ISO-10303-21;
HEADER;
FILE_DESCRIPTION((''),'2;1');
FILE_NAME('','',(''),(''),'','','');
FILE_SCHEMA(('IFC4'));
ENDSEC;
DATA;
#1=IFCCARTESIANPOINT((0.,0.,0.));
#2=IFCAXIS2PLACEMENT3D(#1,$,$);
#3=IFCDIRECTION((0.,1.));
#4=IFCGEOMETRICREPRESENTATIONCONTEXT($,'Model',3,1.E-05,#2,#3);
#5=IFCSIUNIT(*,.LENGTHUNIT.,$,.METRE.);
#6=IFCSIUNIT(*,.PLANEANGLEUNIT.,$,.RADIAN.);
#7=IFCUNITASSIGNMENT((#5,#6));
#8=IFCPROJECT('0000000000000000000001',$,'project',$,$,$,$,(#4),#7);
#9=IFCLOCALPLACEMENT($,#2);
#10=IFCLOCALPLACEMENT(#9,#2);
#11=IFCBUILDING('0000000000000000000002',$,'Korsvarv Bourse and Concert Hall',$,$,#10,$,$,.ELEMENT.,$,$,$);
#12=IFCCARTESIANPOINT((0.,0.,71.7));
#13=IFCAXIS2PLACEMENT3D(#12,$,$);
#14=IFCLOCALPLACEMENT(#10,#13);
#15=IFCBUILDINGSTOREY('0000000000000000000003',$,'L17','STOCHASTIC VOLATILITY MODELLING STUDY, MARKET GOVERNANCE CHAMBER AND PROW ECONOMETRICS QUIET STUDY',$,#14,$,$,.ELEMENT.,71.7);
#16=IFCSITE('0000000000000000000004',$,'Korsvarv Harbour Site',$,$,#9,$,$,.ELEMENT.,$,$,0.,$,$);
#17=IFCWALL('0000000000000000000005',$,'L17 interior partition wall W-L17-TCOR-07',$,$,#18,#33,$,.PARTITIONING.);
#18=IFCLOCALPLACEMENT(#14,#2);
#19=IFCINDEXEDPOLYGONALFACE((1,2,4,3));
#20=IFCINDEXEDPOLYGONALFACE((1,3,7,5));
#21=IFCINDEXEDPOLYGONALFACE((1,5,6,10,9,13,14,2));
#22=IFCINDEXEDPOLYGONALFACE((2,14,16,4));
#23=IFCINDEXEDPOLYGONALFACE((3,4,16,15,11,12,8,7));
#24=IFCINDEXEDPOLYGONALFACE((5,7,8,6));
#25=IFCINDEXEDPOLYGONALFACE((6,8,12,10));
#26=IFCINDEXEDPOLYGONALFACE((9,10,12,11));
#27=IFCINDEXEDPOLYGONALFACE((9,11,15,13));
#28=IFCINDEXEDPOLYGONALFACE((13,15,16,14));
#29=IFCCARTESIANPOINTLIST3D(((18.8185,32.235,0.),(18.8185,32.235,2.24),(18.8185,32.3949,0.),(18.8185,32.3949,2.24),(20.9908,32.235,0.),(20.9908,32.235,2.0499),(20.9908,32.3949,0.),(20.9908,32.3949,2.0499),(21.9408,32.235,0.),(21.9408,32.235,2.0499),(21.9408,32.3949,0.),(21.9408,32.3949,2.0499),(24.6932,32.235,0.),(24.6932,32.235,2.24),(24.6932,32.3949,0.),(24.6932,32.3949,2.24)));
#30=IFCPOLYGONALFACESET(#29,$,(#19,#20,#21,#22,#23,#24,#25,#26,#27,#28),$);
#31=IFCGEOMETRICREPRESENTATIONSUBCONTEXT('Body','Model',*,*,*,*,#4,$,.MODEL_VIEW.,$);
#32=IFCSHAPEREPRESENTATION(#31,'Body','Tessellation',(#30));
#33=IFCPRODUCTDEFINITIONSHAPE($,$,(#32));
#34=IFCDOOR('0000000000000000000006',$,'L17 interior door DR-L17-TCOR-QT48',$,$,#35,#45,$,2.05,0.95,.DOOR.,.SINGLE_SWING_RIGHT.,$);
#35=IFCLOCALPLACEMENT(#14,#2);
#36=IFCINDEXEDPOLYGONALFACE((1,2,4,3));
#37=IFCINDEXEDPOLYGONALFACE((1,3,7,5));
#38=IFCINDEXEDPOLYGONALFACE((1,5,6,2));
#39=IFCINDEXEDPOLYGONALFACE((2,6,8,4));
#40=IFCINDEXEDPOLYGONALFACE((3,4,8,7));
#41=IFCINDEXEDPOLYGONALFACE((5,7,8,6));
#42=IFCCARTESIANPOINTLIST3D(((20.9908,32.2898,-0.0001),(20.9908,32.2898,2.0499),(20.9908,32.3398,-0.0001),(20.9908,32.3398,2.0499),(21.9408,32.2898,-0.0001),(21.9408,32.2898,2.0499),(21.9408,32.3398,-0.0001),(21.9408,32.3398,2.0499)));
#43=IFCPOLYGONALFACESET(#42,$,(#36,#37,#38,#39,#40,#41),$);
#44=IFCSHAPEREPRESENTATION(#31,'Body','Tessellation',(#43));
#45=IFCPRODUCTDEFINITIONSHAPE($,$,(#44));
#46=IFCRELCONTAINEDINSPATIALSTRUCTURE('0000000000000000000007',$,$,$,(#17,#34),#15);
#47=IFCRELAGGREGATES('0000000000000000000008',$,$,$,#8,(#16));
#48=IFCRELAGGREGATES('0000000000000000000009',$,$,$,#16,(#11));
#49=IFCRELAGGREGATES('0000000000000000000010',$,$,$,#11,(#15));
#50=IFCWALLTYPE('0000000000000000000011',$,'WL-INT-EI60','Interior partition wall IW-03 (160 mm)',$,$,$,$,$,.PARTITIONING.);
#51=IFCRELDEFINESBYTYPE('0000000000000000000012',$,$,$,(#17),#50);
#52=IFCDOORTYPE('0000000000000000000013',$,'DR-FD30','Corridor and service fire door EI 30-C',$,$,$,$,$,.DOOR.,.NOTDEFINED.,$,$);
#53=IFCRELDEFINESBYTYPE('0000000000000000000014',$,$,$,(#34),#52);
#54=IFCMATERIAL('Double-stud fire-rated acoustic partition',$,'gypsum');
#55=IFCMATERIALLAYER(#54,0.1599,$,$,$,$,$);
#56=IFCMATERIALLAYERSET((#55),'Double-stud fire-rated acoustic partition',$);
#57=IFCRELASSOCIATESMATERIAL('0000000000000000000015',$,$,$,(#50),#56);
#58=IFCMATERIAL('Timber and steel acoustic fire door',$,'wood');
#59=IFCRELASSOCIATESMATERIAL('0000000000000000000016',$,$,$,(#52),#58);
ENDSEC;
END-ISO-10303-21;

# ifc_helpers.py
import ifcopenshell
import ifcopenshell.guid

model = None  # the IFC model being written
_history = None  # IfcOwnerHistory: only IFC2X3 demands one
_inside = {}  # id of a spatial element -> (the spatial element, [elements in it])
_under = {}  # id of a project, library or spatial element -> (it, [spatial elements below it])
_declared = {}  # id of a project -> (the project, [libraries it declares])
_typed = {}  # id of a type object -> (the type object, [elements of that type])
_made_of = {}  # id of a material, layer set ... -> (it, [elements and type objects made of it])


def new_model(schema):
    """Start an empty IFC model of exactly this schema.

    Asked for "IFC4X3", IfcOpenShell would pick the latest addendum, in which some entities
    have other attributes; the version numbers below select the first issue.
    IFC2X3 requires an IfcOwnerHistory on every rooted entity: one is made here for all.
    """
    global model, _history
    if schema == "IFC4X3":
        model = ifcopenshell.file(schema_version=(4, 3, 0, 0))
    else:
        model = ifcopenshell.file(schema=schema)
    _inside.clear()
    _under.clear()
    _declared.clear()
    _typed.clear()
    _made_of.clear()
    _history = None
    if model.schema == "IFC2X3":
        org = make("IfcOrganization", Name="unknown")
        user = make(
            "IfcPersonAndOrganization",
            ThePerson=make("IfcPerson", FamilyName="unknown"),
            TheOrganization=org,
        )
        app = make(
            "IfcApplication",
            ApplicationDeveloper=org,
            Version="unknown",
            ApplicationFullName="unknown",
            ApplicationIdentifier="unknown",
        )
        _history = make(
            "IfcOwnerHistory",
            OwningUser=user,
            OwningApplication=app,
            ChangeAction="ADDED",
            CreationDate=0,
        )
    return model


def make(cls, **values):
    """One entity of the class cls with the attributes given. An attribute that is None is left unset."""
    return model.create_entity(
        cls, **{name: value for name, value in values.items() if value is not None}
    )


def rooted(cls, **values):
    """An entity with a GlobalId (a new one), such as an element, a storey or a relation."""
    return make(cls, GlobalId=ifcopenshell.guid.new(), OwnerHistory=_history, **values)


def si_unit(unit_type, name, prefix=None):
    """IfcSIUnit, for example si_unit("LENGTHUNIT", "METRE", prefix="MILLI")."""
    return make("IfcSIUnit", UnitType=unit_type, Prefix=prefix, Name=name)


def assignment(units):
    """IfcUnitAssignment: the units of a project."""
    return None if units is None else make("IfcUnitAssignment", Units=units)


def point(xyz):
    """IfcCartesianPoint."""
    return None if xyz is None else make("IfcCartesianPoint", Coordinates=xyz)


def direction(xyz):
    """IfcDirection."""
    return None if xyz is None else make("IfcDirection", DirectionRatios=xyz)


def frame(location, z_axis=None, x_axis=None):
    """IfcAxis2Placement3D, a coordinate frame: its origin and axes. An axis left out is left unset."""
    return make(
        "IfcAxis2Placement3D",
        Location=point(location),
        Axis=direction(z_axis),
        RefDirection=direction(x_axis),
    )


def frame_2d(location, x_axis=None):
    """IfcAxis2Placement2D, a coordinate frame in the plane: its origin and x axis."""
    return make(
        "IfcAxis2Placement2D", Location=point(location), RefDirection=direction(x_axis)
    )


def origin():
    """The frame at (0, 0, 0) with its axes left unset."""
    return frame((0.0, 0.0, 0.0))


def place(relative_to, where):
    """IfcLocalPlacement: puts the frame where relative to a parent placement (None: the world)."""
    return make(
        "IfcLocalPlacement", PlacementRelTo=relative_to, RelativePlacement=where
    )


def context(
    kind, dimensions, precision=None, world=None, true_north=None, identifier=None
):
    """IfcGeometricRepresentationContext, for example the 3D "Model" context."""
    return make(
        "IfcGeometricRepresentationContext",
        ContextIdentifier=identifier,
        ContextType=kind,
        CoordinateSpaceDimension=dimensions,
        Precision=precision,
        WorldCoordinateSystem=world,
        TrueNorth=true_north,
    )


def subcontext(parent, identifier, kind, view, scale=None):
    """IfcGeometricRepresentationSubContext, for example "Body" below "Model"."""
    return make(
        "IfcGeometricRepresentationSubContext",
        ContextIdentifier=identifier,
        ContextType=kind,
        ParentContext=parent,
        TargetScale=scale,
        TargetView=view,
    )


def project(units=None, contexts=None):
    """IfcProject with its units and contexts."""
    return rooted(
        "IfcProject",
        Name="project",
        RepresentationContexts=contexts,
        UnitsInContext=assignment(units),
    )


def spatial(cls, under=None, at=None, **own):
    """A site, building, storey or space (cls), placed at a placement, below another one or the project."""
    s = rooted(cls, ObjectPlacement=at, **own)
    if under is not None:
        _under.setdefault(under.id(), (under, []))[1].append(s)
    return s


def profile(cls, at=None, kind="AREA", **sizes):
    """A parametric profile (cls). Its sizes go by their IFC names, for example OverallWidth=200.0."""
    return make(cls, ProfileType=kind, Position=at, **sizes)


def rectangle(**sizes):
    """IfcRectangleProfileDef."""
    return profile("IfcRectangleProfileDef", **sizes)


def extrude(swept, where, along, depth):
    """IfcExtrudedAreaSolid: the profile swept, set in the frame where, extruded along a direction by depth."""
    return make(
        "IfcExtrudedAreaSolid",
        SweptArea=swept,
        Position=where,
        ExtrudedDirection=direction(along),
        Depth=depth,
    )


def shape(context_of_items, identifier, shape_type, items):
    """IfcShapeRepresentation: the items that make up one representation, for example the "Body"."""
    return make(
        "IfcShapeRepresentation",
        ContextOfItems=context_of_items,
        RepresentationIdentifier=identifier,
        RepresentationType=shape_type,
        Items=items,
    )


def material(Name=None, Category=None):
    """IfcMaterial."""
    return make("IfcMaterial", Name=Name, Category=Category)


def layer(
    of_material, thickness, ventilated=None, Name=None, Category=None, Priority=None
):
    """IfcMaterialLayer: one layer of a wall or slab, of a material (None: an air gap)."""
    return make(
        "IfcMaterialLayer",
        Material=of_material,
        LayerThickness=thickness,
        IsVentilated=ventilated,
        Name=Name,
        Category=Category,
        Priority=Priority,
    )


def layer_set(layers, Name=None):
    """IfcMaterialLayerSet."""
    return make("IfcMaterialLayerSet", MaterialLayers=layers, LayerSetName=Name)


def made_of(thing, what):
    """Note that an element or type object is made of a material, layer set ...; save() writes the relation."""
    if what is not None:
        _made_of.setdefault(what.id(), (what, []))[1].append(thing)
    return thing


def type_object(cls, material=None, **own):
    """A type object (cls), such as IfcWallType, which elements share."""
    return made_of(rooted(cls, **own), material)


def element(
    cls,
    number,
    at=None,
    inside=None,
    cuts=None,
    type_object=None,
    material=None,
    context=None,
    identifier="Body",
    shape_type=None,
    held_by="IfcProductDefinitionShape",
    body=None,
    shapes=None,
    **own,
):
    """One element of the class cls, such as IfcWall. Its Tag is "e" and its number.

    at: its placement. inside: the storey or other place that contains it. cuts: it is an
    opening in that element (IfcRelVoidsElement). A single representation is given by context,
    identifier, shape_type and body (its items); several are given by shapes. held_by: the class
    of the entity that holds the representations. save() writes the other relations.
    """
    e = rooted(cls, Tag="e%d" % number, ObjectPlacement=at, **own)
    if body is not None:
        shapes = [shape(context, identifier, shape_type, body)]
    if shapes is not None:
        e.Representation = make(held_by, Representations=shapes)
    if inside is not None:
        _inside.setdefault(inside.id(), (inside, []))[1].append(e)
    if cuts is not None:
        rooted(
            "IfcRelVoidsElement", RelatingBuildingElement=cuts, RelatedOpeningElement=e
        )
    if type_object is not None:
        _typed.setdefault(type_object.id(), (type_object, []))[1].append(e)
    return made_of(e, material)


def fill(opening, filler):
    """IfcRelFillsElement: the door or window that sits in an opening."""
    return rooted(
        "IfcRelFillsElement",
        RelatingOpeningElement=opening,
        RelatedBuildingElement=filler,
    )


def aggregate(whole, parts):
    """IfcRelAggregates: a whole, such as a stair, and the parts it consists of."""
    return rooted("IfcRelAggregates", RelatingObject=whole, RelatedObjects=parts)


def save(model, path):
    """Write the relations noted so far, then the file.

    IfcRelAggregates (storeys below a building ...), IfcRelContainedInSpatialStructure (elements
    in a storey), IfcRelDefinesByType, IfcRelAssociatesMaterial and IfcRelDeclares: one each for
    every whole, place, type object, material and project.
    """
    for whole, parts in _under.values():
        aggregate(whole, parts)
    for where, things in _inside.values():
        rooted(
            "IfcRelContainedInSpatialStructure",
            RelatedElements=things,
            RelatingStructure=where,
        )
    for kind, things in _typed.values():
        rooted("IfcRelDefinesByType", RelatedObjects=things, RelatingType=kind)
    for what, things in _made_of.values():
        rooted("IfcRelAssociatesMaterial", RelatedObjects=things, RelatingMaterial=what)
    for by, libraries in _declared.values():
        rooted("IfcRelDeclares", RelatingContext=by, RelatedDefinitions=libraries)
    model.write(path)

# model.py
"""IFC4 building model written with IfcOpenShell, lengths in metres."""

from ifc_helpers import new_model, si_unit, direction, frame, frame_2d, origin, place, context, subcontext, project, spatial, rectangle, extrude, material, layer, layer_set, type_object, element, fill, save


model = new_model("IFC4")

# Units and contexts
model_context = context("Model", 3, precision=1e-05, world=origin(), true_north=direction((0.0, 1.0)))
body_context = subcontext(model_context, "Body", "Model", "MODEL_VIEW")
ifc_project = project(units=[si_unit("LENGTHUNIT", "METRE"), si_unit("PLANEANGLEUNIT", "RADIAN")], contexts=[model_context])

# Site, building, storey
site_placement = place(None, origin())
site = spatial("IfcSite", under=ifc_project, at=site_placement, Name="Korsvarv Harbour Site", CompositionType="ELEMENT", RefElevation=0.0)
building_placement = place(site_placement, origin())
building = spatial("IfcBuilding", under=site, at=building_placement, Name="Korsvarv Bourse and Concert Hall", CompositionType="ELEMENT")
storey_placement = place(building_placement, frame((0.0, 0.0, 71.7)))
storey = spatial("IfcBuildingStorey", under=building, at=storey_placement, Name="L17", Description="STOCHASTIC VOLATILITY MODELLING STUDY, MARKET GOVERNANCE CHAMBER AND PROW ECONOMETRICS QUIET STUDY", CompositionType="ELEMENT", Elevation=71.7)

# Shared definitions
ifc_material_1 = material(Name="Double-stud fire-rated acoustic partition", Category="gypsum")
ifc_layer_1 = layer(ifc_material_1, 0.1599)
ifc_layer_set_1 = layer_set([ifc_layer_1], Name="Double-stud fire-rated acoustic partition")
wall_type = type_object("IfcWallType", Name="WL-INT-EI60", Description="Interior partition wall IW-03 (160 mm)", PredefinedType="PARTITIONING", material=ifc_layer_set_1)
ifc_material_2 = material(Name="Timber and steel acoustic fire door", Category="wood")
door_type = type_object("IfcDoorType", Name="DR-FD30", Description="Corridor and service fire door EI 30-C", OperationType="NOTDEFINED", PredefinedType="DOOR", material=ifc_material_2)

# Wall, opening, door
wall_1_placement = place(storey_placement, frame((18.8184, 32.3149, 0.0), z_axis=(0.0, 0.0, 1.0), x_axis=(1.0, 0.0, 0.0)))
wall_1 = element("IfcWall", 1, at=wall_1_placement, inside=storey, type_object=wall_type, Name="L17 interior partition wall W-L17-TCOR-07", PredefinedType="PARTITIONING", context=body_context, shape_type="SweptSolid", body=[
    extrude(rectangle(XDim=5.8748, YDim=0.1599, at=frame_2d((2.9375, 0.0))), origin(), (0.0, 0.0, 1.0), 2.24),
])
opening_1_placement = place(wall_1_placement, frame((2.1724, 0.0, 0.0)))
opening_1 = element("IfcOpeningElement", 2, at=opening_1_placement, cuts=wall_1, PredefinedType="OPENING", context=body_context, shape_type="SweptSolid", body=[
    extrude(rectangle(XDim=0.95, YDim=2.05, at=frame_2d((0.4751, 1.0249))), frame((0.0, 0.0898, 0.0), z_axis=(0.0, -1.0, 0.0), x_axis=(1.0, 0.0, 0.0)), (0.0, 0.0, 1.0), 0.1799),
])
door_1_placement = place(opening_1_placement, origin())
door_1 = element("IfcDoor", 3, at=door_1_placement, inside=storey, type_object=door_type, Name="L17 interior door DR-L17-TCOR-QT48", OperationType="SINGLE_SWING_RIGHT", OverallHeight=2.05, OverallWidth=0.95, PredefinedType="DOOR", context=body_context, shape_type="SweptSolid", body=[
    extrude(rectangle(XDim=0.95, YDim=2.05, at=frame_2d((0.4751, 1.0249))), frame((0.0, 0.0249, 0.0), z_axis=(0.0, -1.0, 0.0), x_axis=(1.0, 0.0, 0.0)), (0.0, 0.0, 1.0), 0.05),
])
fill(opening_1, door_1)

save(model, "model.ifc")
